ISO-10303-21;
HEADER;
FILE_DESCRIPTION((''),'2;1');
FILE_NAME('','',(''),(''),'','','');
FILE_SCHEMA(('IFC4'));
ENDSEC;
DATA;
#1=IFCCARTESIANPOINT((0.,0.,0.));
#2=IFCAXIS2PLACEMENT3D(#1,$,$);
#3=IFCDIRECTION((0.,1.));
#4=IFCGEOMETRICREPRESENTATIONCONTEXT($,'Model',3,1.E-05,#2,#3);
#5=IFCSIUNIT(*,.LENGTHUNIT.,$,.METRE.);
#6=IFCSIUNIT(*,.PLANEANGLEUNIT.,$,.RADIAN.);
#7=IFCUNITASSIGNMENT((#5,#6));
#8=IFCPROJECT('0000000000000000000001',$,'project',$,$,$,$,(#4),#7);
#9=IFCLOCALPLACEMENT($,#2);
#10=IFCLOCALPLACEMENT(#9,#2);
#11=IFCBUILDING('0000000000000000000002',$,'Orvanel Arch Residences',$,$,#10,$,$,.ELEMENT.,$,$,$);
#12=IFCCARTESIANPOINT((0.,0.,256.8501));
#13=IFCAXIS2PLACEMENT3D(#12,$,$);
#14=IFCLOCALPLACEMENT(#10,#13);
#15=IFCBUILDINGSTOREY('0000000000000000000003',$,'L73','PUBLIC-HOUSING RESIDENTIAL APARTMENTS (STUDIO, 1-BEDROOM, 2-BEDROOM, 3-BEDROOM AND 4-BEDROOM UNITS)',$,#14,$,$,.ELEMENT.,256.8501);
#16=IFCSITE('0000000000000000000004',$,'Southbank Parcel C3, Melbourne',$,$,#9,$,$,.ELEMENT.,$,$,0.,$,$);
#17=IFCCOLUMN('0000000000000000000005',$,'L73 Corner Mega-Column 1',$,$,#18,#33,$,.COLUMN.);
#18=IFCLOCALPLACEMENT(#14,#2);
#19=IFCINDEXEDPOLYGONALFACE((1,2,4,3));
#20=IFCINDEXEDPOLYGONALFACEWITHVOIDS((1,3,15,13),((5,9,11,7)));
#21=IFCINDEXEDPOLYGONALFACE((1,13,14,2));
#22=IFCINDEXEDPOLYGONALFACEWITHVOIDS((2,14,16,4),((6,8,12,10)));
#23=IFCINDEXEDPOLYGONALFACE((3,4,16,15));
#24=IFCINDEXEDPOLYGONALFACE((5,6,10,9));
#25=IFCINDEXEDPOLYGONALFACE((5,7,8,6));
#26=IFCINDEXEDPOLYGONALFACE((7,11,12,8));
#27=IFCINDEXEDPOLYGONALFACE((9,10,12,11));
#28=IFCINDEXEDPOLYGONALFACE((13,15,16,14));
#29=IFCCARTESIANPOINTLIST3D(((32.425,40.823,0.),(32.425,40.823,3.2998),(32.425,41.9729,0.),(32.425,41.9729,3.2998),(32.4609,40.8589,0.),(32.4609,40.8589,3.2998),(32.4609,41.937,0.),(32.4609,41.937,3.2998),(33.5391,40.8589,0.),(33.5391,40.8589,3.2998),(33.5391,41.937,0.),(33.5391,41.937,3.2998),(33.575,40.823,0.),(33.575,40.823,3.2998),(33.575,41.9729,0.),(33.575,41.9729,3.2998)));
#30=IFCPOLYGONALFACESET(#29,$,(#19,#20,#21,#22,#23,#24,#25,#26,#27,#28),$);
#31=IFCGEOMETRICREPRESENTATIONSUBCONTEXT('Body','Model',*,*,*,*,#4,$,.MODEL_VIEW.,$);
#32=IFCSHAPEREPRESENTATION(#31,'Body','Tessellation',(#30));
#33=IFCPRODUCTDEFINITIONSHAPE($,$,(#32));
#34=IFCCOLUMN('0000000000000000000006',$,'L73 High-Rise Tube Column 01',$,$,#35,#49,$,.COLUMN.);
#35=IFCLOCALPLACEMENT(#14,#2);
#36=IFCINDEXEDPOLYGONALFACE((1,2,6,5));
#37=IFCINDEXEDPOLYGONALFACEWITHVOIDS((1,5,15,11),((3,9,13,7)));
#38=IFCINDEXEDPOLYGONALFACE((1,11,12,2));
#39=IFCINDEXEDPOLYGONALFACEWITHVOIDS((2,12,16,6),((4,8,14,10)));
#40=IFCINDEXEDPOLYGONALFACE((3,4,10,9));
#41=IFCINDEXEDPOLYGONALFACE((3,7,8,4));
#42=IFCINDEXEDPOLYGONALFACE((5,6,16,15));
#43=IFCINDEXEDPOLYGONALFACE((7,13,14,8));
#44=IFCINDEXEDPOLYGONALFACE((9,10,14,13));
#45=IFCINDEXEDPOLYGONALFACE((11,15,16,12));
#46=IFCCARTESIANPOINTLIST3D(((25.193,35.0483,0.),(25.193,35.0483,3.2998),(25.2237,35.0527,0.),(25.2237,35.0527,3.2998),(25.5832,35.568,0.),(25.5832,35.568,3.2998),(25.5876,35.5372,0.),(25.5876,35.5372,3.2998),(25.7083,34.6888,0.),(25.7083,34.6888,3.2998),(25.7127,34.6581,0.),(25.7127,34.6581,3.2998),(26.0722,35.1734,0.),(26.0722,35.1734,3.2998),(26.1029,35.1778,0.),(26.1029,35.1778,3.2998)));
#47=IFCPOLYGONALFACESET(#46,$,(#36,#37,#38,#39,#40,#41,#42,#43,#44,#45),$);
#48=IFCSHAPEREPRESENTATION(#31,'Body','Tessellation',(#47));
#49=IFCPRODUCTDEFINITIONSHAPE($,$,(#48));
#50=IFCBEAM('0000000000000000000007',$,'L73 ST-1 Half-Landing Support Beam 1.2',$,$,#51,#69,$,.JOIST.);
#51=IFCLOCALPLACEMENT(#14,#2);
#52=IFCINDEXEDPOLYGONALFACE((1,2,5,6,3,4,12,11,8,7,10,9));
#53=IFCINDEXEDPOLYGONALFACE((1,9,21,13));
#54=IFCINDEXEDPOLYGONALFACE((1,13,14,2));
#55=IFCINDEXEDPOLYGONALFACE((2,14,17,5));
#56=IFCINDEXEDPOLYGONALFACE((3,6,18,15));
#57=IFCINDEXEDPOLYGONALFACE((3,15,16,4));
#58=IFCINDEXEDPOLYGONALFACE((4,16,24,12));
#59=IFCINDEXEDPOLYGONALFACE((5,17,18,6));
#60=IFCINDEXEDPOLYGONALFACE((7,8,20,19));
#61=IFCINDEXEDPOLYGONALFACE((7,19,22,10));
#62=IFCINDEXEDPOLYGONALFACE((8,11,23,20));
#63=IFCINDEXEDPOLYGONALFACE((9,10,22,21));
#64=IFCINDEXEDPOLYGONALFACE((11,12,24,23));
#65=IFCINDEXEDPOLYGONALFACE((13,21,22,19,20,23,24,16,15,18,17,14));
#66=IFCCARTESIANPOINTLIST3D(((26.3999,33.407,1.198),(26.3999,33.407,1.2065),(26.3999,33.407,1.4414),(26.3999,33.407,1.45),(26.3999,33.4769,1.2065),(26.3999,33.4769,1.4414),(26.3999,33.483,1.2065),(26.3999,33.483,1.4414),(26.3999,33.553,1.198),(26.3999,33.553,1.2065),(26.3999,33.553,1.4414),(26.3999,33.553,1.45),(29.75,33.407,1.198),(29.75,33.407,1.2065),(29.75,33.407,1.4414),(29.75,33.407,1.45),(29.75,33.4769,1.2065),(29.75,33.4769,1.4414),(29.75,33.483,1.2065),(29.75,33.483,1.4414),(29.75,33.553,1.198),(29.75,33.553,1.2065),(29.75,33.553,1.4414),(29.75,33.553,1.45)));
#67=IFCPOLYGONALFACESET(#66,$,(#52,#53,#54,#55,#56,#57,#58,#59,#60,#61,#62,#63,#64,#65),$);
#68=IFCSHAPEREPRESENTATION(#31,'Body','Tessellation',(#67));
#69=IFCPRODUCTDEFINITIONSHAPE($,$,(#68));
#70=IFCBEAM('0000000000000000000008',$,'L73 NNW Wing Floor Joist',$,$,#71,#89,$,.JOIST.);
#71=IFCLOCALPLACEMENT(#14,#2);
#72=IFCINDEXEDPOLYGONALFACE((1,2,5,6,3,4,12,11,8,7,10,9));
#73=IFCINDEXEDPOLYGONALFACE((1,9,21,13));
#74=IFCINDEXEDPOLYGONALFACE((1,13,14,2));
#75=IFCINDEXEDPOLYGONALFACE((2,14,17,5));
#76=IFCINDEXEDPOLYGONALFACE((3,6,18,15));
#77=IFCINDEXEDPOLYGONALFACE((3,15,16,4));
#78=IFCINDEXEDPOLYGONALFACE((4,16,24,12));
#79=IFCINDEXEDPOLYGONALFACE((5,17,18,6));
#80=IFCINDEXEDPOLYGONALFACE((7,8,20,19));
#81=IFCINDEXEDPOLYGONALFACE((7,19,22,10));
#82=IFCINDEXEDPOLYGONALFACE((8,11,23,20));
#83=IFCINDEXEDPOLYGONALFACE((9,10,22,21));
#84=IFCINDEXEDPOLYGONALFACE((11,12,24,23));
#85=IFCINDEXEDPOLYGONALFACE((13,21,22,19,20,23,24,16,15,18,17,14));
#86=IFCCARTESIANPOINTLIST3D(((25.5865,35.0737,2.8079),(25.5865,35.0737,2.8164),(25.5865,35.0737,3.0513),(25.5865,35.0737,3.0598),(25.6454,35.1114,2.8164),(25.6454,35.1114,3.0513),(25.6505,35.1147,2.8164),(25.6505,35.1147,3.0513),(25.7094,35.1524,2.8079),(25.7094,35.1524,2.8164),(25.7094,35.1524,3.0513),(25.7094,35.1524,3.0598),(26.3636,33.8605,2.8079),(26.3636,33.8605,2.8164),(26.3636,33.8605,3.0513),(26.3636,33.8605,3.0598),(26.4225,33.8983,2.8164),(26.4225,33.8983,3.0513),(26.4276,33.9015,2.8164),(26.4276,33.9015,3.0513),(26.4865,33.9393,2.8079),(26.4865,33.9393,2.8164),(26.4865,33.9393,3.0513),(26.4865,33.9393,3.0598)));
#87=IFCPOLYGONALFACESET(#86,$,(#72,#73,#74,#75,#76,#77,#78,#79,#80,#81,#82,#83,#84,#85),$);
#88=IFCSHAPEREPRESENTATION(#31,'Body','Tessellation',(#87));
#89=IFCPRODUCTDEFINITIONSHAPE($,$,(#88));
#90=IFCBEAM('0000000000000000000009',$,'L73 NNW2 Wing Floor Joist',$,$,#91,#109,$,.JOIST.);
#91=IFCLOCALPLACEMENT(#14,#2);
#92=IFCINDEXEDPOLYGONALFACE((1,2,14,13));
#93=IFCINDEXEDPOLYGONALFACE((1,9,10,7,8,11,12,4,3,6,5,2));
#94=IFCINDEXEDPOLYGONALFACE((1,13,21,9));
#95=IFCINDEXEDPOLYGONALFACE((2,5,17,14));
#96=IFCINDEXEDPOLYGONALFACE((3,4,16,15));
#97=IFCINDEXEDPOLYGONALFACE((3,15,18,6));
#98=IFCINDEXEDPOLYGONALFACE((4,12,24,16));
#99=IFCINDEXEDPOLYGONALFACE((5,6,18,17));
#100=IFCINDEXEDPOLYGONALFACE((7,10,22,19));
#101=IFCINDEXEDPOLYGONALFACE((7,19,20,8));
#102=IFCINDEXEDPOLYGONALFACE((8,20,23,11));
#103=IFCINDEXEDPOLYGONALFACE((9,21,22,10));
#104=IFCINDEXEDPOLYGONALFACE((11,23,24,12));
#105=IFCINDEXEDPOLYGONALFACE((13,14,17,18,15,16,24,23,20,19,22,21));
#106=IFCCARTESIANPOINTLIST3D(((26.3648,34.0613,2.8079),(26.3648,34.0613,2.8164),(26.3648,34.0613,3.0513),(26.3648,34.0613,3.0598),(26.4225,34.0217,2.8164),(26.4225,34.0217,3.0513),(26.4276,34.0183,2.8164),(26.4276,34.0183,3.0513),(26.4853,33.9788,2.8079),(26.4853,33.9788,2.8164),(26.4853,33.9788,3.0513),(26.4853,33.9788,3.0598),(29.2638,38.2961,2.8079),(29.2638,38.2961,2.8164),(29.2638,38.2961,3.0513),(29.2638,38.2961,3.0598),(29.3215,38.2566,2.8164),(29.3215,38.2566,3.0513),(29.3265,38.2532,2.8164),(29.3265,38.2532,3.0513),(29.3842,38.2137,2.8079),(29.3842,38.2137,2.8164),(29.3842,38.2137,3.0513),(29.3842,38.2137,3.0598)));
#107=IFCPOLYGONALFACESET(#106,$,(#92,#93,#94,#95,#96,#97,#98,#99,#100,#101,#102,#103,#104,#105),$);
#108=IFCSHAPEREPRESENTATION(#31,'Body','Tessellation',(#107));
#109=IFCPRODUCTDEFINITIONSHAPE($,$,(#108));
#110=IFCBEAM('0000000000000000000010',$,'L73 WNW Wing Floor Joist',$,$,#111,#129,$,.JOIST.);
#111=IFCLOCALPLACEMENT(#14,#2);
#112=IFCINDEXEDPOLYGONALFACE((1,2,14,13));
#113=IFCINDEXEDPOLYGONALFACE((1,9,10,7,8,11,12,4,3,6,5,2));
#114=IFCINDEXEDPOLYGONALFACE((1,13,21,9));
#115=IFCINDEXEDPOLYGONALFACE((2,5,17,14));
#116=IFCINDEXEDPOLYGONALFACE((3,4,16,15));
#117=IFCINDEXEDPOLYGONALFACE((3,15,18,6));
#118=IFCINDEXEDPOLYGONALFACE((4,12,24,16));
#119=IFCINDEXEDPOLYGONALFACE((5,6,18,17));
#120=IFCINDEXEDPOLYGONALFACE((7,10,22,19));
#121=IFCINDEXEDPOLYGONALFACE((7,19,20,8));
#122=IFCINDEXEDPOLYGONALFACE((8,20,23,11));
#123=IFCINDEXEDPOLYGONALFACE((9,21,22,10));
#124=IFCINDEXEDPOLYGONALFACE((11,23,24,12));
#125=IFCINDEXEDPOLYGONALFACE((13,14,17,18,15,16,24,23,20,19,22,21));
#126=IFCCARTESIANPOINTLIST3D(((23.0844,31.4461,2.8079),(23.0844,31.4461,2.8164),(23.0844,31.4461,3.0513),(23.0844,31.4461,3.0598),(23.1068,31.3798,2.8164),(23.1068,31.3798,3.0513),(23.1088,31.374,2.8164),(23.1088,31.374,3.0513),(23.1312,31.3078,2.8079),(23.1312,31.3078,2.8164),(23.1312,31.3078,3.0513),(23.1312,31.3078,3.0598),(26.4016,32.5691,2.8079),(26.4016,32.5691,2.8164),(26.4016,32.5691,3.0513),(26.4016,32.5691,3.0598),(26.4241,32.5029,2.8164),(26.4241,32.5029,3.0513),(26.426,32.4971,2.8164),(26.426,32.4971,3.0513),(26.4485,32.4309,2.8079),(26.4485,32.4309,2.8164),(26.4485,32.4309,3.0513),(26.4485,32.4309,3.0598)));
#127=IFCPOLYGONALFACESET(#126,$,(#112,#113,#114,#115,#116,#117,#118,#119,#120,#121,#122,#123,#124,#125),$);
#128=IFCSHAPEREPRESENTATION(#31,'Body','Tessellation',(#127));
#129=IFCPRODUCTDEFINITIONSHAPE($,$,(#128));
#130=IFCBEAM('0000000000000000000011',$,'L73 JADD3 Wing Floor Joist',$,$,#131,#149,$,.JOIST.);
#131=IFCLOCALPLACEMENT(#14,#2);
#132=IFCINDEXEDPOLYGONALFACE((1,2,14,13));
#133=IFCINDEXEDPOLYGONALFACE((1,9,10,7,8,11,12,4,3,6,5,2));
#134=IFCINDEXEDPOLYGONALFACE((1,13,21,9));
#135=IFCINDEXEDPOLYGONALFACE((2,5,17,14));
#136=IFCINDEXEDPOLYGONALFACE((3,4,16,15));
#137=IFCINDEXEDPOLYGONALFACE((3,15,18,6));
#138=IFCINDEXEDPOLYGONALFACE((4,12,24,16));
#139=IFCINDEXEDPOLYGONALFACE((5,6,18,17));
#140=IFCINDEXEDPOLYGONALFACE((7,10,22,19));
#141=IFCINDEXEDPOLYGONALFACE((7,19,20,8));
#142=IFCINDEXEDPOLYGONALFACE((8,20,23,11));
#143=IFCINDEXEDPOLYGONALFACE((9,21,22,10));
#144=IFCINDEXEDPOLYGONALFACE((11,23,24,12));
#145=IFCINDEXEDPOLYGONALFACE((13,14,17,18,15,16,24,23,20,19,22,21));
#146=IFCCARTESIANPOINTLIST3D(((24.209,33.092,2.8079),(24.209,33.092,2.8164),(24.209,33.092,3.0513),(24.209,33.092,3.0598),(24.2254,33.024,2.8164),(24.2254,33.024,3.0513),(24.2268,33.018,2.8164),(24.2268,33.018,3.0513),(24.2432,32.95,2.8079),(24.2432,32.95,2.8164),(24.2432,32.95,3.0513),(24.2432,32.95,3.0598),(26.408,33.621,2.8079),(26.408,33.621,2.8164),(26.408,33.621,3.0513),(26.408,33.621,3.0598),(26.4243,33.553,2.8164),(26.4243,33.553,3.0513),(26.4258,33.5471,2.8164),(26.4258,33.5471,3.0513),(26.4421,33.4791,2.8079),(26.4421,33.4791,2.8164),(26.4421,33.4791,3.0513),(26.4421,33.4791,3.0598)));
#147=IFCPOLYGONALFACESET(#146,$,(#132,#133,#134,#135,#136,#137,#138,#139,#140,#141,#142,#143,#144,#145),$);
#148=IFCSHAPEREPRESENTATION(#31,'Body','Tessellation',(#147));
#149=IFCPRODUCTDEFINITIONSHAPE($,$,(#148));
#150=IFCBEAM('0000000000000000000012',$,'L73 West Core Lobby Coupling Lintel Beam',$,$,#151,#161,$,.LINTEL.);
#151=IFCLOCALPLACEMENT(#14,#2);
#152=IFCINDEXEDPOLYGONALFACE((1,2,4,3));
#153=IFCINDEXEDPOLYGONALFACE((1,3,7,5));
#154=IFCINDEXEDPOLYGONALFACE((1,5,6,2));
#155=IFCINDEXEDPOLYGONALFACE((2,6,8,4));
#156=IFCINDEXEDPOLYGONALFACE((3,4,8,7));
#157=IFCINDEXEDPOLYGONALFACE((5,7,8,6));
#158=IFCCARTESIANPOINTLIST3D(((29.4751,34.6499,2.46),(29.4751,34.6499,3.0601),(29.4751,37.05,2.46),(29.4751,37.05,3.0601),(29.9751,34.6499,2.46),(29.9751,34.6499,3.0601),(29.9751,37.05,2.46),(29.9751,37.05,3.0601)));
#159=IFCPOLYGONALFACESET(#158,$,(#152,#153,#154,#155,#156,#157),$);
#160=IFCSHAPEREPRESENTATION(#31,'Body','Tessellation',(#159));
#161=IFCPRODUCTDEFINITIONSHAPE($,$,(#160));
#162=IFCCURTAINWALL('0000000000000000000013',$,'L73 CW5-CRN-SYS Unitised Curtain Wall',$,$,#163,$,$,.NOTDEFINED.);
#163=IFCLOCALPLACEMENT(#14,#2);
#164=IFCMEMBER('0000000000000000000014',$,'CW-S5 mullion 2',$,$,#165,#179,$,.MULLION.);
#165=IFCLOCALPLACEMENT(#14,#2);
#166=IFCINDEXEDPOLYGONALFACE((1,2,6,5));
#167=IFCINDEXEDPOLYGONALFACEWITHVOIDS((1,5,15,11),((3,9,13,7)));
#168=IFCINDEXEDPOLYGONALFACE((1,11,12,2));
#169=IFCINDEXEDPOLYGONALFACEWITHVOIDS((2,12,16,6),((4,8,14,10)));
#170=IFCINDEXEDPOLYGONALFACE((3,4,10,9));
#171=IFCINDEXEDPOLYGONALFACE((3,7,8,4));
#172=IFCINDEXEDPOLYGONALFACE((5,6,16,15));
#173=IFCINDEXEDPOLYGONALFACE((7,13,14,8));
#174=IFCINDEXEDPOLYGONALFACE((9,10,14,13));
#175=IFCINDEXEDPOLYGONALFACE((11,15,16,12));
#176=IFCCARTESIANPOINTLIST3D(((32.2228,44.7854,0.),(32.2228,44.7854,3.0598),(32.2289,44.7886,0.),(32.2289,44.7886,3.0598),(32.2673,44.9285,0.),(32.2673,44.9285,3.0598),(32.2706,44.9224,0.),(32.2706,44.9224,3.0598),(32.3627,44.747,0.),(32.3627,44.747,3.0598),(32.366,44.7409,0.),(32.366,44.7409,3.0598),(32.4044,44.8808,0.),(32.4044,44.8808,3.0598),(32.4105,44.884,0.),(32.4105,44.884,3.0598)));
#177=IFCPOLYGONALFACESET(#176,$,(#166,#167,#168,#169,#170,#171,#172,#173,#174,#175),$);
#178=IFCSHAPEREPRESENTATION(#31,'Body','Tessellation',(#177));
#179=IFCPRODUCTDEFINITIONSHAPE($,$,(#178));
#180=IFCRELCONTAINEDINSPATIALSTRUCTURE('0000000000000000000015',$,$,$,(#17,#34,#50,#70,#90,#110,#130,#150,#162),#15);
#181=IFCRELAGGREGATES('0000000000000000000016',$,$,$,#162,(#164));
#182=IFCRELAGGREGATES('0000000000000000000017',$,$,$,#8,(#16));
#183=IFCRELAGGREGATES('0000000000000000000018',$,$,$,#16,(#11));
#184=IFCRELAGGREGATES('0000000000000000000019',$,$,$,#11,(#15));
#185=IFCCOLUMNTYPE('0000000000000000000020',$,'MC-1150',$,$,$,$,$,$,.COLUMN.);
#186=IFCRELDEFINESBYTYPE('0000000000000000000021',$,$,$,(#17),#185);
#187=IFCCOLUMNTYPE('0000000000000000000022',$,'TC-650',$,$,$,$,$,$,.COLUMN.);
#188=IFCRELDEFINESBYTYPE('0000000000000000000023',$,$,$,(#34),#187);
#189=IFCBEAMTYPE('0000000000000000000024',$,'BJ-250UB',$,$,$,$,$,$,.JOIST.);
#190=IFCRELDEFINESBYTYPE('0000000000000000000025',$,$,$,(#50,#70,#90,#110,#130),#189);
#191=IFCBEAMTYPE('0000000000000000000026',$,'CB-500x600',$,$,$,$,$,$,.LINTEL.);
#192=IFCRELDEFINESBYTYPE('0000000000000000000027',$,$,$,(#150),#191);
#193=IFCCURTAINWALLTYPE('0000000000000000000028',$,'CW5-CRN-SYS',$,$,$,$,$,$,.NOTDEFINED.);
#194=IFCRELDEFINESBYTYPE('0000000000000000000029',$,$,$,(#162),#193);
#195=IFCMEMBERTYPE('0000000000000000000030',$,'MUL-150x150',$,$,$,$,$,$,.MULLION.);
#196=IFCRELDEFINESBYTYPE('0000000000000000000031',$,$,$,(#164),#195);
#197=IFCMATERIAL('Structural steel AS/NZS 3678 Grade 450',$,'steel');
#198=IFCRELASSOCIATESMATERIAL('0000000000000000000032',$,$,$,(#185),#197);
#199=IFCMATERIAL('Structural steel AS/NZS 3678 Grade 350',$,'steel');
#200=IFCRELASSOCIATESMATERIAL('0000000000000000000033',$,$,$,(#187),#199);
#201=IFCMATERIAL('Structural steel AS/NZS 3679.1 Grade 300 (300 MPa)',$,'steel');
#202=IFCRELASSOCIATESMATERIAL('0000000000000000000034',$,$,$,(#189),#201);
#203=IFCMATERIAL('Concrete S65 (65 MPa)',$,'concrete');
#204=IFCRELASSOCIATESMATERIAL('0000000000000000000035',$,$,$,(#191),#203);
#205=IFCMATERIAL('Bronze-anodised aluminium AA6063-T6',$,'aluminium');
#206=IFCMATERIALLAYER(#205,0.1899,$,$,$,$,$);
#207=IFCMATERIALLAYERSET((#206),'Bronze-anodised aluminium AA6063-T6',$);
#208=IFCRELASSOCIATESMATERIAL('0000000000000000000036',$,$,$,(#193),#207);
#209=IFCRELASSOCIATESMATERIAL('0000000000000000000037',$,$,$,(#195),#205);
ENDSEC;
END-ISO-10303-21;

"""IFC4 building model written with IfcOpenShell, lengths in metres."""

from ifc_helpers import new_model, si_unit, direction, frame, origin, origin_2d, place, context, subcontext, project, spatial, rectangle, hollow_rectangle, i_section, extrude, material, layer, layer_set, material_profile, profile_set, type_object, element, aggregate, save


model = new_model("IFC4")

# Units and contexts
model_context = context("Model", 3, precision=1e-05, world=origin(), true_north=direction((0.0, 1.0)))
body_context = subcontext(model_context, "Body", "Model", "MODEL_VIEW")
ifc_project = project(units=[si_unit("LENGTHUNIT", "METRE"), si_unit("PLANEANGLEUNIT", "RADIAN")], contexts=[model_context])

# Site, building, storey
site_placement = place(None, origin())
site = spatial("IfcSite", under=ifc_project, at=site_placement, Name="Southbank Parcel C3, Melbourne", CompositionType="ELEMENT", RefElevation=0.0)
building_placement = place(site_placement, origin())
building = spatial("IfcBuilding", under=site, at=building_placement, Name="Orvanel Arch Residences", CompositionType="ELEMENT")
storey_placement = place(building_placement, frame((0.0, 0.0, 256.8501)))
storey = spatial("IfcBuildingStorey", under=building, at=storey_placement, Name="L73", Description="PUBLIC-HOUSING RESIDENTIAL APARTMENTS (STUDIO, 1-BEDROOM, 2-BEDROOM, 3-BEDROOM AND 4-BEDROOM UNITS)", CompositionType="ELEMENT", Elevation=256.8501)

# Columns
ifc_material_1 = material(Name="Structural steel AS/NZS 3678 Grade 450", Category="steel")
ifc_material_profile_1 = material_profile(ifc_material_1, hollow_rectangle(XDim=1.1499, YDim=1.1499, WallThickness=0.0359, at=origin_2d()), Name="BOX1150x1150x36")
ifc_profile_set_1 = profile_set([ifc_material_profile_1], Name="Structural steel AS/NZS 3678 Grade 450")
column_type_1 = type_object("IfcColumnType", Name="MC-1150", PredefinedType="COLUMN", material=ifc_profile_set_1)
column_1_placement = place(storey_placement, frame((33.0, 41.3979, 0.0), z_axis=(0.0, 0.0, 1.0), x_axis=(1.0, 0.0, 0.0)))
element("IfcColumn", 1, at=column_1_placement, inside=storey, type_object=column_type_1, Name="L73 Corner Mega-Column 1", PredefinedType="COLUMN", context=body_context, shape_type="SweptSolid", body=[
    extrude(hollow_rectangle(XDim=1.1499, YDim=1.1499, WallThickness=0.0359, at=origin_2d()), origin(), (0.0, 0.0, 1.0), 3.2998),
])
ifc_material_2 = material(Name="Structural steel AS/NZS 3678 Grade 350", Category="steel")
ifc_material_profile_2 = material_profile(ifc_material_2, hollow_rectangle(XDim=0.6499, YDim=0.6499, WallThickness=0.022, at=origin_2d()), Name="BOX650x650x22")
ifc_profile_set_2 = profile_set([ifc_material_profile_2], Name="Structural steel AS/NZS 3678 Grade 350")
column_type_2 = type_object("IfcColumnType", Name="TC-650", PredefinedType="COLUMN", material=ifc_profile_set_2)
column_2_placement = place(storey_placement, frame((25.6479, 35.113, 0.0), z_axis=(0.0, 0.0, 1.0), x_axis=(0.60042, 0.799685, 0.0)))
element("IfcColumn", 2, at=column_2_placement, inside=storey, type_object=column_type_2, Name="L73 High-Rise Tube Column 01", PredefinedType="COLUMN", context=body_context, shape_type="SweptSolid", body=[
    extrude(hollow_rectangle(XDim=0.6499, YDim=0.6499, WallThickness=0.022, at=origin_2d()), origin(), (0.0, 0.0, 1.0), 3.2998),
])

# Beams
ifc_material_3 = material(Name="Structural steel AS/NZS 3679.1 Grade 300 (300 MPa)", Category="steel")
ifc_material_profile_3 = material_profile(ifc_material_3, i_section(OverallWidth=0.146, OverallDepth=0.252, WebThickness=0.0061, FlangeThickness=0.0085, at=origin_2d()), Name="250UB31.4")
ifc_profile_set_3 = profile_set([ifc_material_profile_3], Name="Structural steel AS/NZS 3679.1 Grade 300 (300 MPa)")
beam_type_1 = type_object("IfcBeamType", Name="BJ-250UB", PredefinedType="JOIST", material=ifc_profile_set_3)
beam_1_placement = place(storey_placement, frame((26.3999, 33.48, 1.324), z_axis=(1.0, 0.0, 0.0), x_axis=(0.0, 1.0, 0.0)))
element("IfcBeam", 3, at=beam_1_placement, inside=storey, type_object=beam_type_1, Name="L73 ST-1 Half-Landing Support Beam 1.2", PredefinedType="JOIST", context=body_context, shape_type="SweptSolid", body=[
    extrude(i_section(OverallWidth=0.146, OverallDepth=0.252, WebThickness=0.0061, FlangeThickness=0.0085, at=origin_2d()), origin(), (0.0, 0.0, 1.0), 3.3501),
])
beam_2_placement = place(storey_placement, frame((26.425, 33.8999, 2.9338), z_axis=(-0.539395, 0.842053, 0.0), x_axis=(-0.842053, -0.539395, 0.0)))
element("IfcBeam", 4, at=beam_2_placement, inside=storey, type_object=beam_type_1, Name="L73 NNW Wing Floor Joist", PredefinedType="JOIST", context=body_context, shape_type="SweptSolid", body=[
    extrude(i_section(OverallWidth=0.146, OverallDepth=0.252, WebThickness=0.0061, FlangeThickness=0.0085, at=origin_2d()), origin(), (0.0, 0.0, 1.0), 1.4407),
])
beam_3_placement = place(storey_placement, frame((26.425, 34.02, 2.9338), z_axis=(0.564868, 0.825181, 0.0), x_axis=(-0.825181, 0.564868, 0.0)))
element("IfcBeam", 5, at=beam_3_placement, inside=storey, type_object=beam_type_1, Name="L73 NNW2 Wing Floor Joist", PredefinedType="JOIST", context=body_context, shape_type="SweptSolid", body=[
    extrude(i_section(OverallWidth=0.146, OverallDepth=0.252, WebThickness=0.0061, FlangeThickness=0.0085, at=origin_2d()), origin(), (0.0, 0.0, 1.0), 5.1321),
])
beam_4_placement = place(storey_placement, frame((26.425, 32.5, 2.9338), z_axis=(-0.947188, -0.320679, 0.0), x_axis=(0.320679, -0.947188, 0.0)))
element("IfcBeam", 6, at=beam_4_placement, inside=storey, type_object=beam_type_1, Name="L73 WNW Wing Floor Joist", PredefinedType="JOIST", context=body_context, shape_type="SweptSolid", body=[
    extrude(i_section(OverallWidth=0.146, OverallDepth=0.252, WebThickness=0.0061, FlangeThickness=0.0085, at=origin_2d()), origin(), (0.0, 0.0, 1.0), 3.5022),
])
beam_5_placement = place(storey_placement, frame((26.425, 33.55, 2.9338), z_axis=(-0.972257, -0.233916, 0.0), x_axis=(0.233916, -0.972257, 0.0)))
element("IfcBeam", 7, at=beam_5_placement, inside=storey, type_object=beam_type_1, Name="L73 JADD3 Wing Floor Joist", PredefinedType="JOIST", context=body_context, shape_type="SweptSolid", body=[
    extrude(i_section(OverallWidth=0.146, OverallDepth=0.252, WebThickness=0.0061, FlangeThickness=0.0085, at=origin_2d()), origin(), (0.0, 0.0, 1.0), 2.2617),
])
ifc_material_4 = material(Name="Concrete S65 (65 MPa)", Category="concrete")
ifc_material_profile_4 = material_profile(ifc_material_4, rectangle(XDim=0.5, YDim=0.6001, at=origin_2d()), Name="RC500x600")
ifc_profile_set_4 = profile_set([ifc_material_profile_4], Name="Concrete S65 (65 MPa)")
beam_type_2 = type_object("IfcBeamType", Name="CB-500x600", PredefinedType="LINTEL", material=ifc_profile_set_4)
beam_6_placement = place(storey_placement, frame((29.7251, 34.6499, 2.76), z_axis=(0.0, 1.0, 0.0), x_axis=(-1.0, 0.0, 0.0)))
element("IfcBeam", 8, at=beam_6_placement, inside=storey, type_object=beam_type_2, Name="L73 West Core Lobby Coupling Lintel Beam", PredefinedType="LINTEL", context=body_context, shape_type="SweptSolid", body=[
    extrude(rectangle(XDim=0.5, YDim=0.6001, at=origin_2d()), origin(), (0.0, 0.0, 1.0), 2.4001),
])

# Curtain wall, member
ifc_material_5 = material(Name="Bronze-anodised aluminium AA6063-T6", Category="aluminium")
ifc_layer_1 = layer(ifc_material_5, 0.1899)
ifc_layer_set_1 = layer_set([ifc_layer_1], Name="Bronze-anodised aluminium AA6063-T6")
curtain_wall_type_1 = type_object("IfcCurtainWallType", Name="CW5-CRN-SYS", PredefinedType="NOTDEFINED", material=ifc_layer_set_1)
curtain_wall_1_placement = place(storey_placement, origin())
curtain_wall_1 = element("IfcCurtainWall", 9, at=curtain_wall_1_placement, inside=storey, type_object=curtain_wall_type_1, Name="L73 CW5-CRN-SYS Unitised Curtain Wall", PredefinedType="NOTDEFINED")
ifc_material_profile_5 = material_profile(ifc_material_5, hollow_rectangle(XDim=0.1499, YDim=0.1499, WallThickness=0.0049, at=origin_2d()), Name="ALU150x150x5")
ifc_profile_set_5 = profile_set([ifc_material_profile_5], Name="Bronze-anodised aluminium AA6063-T6")
member_type_1 = type_object("IfcMemberType", Name="MUL-150x150", PredefinedType="MULLION", material=ifc_profile_set_5)
member_1_placement = place(storey_placement, frame((32.3167, 44.8347, 0.0), z_axis=(0.0, 0.0, 1.0), x_axis=(-0.297048, -0.954863, 0.0)))
member_1 = element("IfcMember", 10, at=member_1_placement, type_object=member_type_1, Name="CW-S5 mullion 2", PredefinedType="MULLION", context=body_context, shape_type="SweptSolid", body=[
    extrude(hollow_rectangle(XDim=0.1499, YDim=0.1499, WallThickness=0.0049, at=origin_2d()), origin(), (0.0, 0.0, 1.0), 3.0598),
])
aggregate(curtain_wall_1, [member_1])

save(model, "model.ifc")
